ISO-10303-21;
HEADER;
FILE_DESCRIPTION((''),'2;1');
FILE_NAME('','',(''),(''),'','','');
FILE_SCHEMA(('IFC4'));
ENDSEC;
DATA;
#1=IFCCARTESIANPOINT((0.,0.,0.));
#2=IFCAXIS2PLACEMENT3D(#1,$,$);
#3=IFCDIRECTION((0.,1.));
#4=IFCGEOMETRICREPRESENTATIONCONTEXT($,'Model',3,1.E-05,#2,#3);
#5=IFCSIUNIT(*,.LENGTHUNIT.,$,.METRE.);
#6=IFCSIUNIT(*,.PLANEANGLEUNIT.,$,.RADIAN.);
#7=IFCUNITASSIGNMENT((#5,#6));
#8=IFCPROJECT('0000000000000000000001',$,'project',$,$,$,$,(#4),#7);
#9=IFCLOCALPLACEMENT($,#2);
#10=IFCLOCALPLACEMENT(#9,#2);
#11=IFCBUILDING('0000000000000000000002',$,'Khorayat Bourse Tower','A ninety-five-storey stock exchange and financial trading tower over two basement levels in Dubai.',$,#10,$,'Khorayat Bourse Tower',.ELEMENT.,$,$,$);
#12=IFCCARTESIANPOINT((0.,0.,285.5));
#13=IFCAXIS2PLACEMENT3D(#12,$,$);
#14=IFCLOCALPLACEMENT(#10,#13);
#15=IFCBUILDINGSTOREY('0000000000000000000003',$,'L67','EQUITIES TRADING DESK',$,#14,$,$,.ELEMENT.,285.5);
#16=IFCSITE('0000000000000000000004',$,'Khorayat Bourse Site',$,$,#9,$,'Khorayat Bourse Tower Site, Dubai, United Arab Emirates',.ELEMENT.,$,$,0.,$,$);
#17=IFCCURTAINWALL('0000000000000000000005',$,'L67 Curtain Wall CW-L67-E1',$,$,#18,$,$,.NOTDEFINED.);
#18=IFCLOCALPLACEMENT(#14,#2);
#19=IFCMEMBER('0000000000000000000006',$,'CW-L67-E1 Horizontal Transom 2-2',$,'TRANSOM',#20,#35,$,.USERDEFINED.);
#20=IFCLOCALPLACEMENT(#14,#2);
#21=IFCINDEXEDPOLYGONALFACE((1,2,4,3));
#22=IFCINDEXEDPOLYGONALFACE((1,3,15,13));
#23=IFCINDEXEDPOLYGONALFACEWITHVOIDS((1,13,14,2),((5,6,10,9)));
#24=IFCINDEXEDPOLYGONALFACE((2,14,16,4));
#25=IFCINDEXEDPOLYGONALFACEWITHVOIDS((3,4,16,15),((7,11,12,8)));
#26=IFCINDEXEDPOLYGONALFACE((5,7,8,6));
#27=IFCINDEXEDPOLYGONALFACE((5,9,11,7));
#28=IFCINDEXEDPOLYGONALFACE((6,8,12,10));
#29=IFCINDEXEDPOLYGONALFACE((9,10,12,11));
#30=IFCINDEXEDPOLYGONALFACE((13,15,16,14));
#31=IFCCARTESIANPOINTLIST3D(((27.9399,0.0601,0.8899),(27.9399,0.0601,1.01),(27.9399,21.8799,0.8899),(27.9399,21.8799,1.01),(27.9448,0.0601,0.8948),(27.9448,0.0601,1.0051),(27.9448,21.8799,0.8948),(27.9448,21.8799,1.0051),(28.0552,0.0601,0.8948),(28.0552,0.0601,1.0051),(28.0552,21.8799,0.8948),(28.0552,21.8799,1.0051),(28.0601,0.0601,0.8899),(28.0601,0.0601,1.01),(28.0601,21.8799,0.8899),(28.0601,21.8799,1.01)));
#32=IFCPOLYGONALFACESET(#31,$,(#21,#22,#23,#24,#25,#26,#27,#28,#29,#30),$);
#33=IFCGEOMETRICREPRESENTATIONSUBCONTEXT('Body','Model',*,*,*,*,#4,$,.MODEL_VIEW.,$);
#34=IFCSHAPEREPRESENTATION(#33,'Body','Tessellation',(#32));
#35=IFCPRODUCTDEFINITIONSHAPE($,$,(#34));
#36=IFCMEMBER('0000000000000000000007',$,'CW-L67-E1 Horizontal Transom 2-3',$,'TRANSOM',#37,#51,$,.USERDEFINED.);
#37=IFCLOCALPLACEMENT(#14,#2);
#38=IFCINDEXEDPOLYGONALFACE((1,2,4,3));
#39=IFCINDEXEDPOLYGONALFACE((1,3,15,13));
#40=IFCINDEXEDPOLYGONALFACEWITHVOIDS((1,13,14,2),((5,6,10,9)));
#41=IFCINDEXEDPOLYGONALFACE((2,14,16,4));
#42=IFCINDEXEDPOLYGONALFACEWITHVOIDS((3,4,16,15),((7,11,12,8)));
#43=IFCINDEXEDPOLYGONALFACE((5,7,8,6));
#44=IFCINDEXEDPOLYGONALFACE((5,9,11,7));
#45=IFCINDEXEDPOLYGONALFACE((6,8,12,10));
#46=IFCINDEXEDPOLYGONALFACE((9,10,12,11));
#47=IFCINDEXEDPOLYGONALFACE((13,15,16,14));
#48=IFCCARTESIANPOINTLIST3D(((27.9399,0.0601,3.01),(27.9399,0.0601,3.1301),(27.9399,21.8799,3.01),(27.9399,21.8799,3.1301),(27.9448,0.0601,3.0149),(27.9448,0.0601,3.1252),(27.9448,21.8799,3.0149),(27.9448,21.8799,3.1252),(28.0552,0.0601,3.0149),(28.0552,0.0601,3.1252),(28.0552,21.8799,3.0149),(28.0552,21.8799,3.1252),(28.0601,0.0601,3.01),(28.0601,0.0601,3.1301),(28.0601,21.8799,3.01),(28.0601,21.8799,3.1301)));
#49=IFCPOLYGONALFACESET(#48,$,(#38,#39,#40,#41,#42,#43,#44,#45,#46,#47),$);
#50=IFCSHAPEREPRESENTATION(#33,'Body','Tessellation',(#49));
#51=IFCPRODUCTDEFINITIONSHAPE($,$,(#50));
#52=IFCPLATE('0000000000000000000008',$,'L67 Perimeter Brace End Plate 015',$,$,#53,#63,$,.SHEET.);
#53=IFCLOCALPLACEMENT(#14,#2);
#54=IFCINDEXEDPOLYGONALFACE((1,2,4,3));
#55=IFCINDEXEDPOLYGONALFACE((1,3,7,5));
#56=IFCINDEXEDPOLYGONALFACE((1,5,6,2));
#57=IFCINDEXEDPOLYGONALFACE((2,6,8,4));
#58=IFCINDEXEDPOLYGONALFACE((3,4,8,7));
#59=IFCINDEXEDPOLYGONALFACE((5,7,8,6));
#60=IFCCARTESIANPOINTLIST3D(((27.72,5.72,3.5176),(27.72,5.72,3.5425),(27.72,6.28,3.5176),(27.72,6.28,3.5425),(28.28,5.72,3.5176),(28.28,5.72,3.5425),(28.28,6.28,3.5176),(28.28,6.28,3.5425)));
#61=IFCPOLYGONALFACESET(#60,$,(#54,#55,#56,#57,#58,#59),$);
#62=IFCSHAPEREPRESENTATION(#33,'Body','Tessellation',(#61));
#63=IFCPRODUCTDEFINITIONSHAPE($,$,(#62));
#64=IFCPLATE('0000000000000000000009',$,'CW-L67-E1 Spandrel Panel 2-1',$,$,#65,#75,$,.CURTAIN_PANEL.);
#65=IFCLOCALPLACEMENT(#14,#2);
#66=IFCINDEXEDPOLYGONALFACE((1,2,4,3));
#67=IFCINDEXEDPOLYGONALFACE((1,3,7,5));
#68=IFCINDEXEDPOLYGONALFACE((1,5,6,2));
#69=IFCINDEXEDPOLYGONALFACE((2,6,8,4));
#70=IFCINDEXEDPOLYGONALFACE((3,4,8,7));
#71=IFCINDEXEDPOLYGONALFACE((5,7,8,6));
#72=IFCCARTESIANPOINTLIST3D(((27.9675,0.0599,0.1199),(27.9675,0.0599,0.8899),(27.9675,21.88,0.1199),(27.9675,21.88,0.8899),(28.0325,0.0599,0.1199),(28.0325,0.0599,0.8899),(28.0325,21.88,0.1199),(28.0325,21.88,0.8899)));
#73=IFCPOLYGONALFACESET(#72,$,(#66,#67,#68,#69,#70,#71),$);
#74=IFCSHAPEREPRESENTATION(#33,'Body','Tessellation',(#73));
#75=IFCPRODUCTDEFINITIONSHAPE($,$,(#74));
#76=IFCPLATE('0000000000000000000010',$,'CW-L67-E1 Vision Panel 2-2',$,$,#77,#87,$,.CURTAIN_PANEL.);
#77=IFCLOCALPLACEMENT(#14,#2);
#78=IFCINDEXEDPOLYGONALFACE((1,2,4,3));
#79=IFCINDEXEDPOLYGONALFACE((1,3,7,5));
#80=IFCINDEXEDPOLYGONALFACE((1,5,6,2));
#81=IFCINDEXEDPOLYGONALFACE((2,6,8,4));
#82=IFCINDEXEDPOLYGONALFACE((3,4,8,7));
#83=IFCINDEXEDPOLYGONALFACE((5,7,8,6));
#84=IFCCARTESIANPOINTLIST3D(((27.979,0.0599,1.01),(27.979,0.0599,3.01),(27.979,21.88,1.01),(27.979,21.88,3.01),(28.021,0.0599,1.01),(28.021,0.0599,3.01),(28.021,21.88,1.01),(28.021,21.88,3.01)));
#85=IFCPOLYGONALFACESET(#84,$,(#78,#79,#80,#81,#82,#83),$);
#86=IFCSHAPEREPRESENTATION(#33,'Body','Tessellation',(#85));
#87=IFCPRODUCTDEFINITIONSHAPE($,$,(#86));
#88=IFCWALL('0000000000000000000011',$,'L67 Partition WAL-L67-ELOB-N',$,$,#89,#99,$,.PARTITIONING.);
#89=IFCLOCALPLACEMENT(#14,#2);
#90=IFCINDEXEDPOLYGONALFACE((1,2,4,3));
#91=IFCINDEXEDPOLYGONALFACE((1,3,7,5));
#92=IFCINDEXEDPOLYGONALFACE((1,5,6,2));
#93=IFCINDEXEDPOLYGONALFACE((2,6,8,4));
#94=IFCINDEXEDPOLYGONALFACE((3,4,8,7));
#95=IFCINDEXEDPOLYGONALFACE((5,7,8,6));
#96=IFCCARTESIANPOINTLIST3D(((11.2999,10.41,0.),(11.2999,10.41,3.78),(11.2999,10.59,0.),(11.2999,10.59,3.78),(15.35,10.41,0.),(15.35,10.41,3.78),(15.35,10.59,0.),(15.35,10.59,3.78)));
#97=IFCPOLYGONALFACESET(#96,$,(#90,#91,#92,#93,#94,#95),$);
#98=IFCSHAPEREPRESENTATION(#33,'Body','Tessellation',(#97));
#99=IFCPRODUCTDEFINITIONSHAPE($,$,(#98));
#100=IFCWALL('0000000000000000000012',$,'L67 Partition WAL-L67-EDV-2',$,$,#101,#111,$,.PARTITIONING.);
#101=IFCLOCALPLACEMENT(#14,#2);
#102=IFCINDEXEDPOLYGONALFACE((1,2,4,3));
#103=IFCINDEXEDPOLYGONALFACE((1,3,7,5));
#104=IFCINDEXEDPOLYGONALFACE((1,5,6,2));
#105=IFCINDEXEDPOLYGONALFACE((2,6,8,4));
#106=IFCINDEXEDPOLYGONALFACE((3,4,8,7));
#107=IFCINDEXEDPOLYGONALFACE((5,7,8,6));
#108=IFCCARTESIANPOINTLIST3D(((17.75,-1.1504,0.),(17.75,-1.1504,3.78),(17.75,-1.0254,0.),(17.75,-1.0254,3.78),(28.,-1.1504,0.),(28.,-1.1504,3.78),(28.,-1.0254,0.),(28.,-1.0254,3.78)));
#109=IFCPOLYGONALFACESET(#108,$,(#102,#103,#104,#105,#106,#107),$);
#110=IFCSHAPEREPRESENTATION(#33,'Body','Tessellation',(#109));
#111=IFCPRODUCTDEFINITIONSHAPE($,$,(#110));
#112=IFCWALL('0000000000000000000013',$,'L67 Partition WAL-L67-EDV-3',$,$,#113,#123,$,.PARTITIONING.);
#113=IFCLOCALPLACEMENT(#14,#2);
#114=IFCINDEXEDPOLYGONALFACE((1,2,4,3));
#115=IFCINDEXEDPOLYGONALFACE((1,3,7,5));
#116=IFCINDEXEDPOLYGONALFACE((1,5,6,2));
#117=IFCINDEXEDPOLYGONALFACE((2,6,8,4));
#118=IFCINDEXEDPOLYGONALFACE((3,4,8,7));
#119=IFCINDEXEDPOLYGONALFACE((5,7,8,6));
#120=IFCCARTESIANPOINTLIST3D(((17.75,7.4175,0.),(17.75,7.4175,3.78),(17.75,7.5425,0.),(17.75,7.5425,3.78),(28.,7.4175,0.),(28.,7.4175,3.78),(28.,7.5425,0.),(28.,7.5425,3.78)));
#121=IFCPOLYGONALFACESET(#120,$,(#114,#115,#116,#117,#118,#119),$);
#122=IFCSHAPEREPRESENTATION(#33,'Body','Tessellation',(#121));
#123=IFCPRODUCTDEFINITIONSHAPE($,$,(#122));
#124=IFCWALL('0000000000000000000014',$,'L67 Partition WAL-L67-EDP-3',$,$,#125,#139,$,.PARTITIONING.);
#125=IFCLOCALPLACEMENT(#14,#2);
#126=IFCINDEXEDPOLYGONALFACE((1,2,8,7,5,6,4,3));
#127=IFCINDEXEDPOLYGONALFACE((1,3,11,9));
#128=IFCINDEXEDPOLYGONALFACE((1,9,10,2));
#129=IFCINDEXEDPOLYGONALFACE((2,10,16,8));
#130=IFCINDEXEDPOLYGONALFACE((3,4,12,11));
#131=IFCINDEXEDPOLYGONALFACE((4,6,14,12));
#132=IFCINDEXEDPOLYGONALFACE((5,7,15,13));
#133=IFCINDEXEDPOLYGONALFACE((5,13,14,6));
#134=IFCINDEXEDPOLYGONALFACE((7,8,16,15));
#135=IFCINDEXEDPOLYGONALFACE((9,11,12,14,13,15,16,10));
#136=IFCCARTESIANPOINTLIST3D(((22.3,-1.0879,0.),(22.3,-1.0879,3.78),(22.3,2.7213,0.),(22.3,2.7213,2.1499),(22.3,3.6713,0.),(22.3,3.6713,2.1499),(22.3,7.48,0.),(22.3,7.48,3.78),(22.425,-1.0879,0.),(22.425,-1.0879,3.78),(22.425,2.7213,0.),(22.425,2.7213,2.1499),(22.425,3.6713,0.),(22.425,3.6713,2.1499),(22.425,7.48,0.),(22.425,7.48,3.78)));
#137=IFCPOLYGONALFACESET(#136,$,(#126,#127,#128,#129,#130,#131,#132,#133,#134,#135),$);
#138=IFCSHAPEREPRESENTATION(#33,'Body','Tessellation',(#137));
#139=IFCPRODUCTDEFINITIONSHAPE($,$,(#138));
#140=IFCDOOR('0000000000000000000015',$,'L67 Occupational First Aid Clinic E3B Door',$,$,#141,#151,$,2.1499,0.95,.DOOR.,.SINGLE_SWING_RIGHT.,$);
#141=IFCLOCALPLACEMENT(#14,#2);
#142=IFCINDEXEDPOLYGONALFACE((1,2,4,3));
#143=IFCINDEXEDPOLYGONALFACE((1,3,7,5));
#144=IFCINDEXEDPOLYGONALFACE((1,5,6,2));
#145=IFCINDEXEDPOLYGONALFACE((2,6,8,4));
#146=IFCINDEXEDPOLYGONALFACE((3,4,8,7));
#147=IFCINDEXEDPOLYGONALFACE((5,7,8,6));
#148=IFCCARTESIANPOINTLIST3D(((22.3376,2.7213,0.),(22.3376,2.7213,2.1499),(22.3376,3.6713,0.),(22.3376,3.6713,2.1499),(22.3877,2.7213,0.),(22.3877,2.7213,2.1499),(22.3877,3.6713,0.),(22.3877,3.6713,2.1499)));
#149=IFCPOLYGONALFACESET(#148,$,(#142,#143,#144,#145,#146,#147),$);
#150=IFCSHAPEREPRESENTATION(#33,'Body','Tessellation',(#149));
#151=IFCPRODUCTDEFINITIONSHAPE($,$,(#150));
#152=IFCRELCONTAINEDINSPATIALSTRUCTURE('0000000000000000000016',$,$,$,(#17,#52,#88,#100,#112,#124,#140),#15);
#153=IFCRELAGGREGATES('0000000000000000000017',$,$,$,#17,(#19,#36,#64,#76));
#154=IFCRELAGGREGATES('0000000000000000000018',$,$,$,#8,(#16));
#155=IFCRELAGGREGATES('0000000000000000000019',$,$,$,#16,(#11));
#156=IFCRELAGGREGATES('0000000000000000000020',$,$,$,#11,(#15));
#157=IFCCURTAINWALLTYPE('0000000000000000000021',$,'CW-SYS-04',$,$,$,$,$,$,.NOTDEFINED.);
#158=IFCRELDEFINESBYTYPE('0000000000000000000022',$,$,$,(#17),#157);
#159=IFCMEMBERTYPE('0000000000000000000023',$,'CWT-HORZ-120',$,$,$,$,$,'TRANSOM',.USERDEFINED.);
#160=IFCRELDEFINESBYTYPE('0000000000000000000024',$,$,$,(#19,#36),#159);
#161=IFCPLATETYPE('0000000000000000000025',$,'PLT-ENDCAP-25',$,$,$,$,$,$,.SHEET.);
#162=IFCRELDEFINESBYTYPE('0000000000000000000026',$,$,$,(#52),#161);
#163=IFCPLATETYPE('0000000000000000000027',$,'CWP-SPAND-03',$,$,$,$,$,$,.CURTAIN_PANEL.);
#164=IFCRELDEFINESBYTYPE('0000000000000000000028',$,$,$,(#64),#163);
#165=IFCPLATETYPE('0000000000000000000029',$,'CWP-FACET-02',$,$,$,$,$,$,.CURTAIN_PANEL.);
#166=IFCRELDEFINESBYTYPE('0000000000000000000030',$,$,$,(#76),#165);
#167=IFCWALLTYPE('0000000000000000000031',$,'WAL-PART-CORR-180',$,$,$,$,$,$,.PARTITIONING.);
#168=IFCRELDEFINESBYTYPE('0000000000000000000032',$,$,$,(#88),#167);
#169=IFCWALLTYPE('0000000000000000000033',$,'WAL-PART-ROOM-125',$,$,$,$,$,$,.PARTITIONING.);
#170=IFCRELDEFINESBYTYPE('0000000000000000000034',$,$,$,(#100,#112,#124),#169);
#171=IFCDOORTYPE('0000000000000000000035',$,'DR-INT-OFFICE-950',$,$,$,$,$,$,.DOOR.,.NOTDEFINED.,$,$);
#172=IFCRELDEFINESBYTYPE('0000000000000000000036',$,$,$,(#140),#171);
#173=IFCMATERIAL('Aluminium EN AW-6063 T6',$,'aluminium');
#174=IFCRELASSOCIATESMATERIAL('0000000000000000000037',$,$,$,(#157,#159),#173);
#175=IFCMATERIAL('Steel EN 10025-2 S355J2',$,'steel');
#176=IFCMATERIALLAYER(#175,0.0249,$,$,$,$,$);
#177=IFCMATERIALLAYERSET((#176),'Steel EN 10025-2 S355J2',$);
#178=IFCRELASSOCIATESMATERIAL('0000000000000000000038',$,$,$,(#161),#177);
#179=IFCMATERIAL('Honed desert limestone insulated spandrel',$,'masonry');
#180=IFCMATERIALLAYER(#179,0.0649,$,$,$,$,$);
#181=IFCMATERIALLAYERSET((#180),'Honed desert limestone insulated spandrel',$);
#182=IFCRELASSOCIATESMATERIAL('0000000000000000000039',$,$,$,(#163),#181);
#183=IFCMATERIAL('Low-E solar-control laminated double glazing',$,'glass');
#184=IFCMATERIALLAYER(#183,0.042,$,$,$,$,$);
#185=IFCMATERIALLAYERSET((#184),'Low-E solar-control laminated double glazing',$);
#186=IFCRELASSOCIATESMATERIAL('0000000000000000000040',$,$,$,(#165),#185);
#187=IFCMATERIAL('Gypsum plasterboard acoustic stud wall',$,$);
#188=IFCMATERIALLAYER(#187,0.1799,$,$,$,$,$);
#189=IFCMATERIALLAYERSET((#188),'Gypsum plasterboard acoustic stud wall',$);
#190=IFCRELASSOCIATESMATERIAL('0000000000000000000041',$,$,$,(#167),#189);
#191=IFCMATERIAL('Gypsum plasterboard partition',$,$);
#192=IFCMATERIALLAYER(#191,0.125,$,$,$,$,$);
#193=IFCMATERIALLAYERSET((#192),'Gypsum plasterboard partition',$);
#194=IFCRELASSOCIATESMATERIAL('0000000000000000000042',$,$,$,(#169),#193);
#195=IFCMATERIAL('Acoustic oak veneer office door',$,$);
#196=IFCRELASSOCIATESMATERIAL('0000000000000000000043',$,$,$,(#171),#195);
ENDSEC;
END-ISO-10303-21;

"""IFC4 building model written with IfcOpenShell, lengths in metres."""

from ifc_helpers import new_model, si_unit, direction, frame, frame_2d, origin, origin_2d, place, context, subcontext, project, spatial, rectangle, hollow_rectangle, extrude, source, transform, mapped, material, layer, layer_set, material_profile, profile_set, type_object, element, fill, aggregate, save


model = new_model("IFC4")

# Units and contexts
model_context = context("Model", 3, precision=1e-05, world=origin(), true_north=direction((0.0, 1.0)))
body_context = subcontext(model_context, "Body", "Model", "MODEL_VIEW")
ifc_project = project(units=[si_unit("LENGTHUNIT", "METRE"), si_unit("PLANEANGLEUNIT", "RADIAN")], contexts=[model_context])

# Site, building, storey
site_placement = place(None, origin())
site = spatial("IfcSite", under=ifc_project, at=site_placement, Name="Khorayat Bourse Site", LongName="Khorayat Bourse Tower Site, Dubai, United Arab Emirates", CompositionType="ELEMENT", RefElevation=0.0)
building_placement = place(site_placement, origin())
building = spatial("IfcBuilding", under=site, at=building_placement, Name="Khorayat Bourse Tower", Description="A ninety-five-storey stock exchange and financial trading tower over two basement levels in Dubai.", LongName="Khorayat Bourse Tower", CompositionType="ELEMENT")
storey_placement = place(building_placement, frame((0.0, 0.0, 285.5)))
storey = spatial("IfcBuildingStorey", under=building, at=storey_placement, Name="L67", Description="EQUITIES TRADING DESK", CompositionType="ELEMENT", Elevation=285.5)

# Curtain wall, members
ifc_material_1 = material(Name="Aluminium EN AW-6063 T6", Category="aluminium")
curtain_wall_type = type_object("IfcCurtainWallType", Name="CW-SYS-04", PredefinedType="NOTDEFINED", material=ifc_material_1)
curtain_wall_placement = place(storey_placement, origin())
curtain_wall = element("IfcCurtainWall", 1, at=curtain_wall_placement, inside=storey, type_object=curtain_wall_type, Name="L67 Curtain Wall CW-L67-E1", PredefinedType="NOTDEFINED")
ifc_material_profile_1 = material_profile(ifc_material_1, hollow_rectangle(XDim=0.1201, YDim=0.1201, WallThickness=0.0049, at=origin_2d()), Name="ALU 120x120x5")
ifc_profile_set_1 = profile_set([ifc_material_profile_1], Name="Aluminium EN AW-6063 T6")
member_type_1 = type_object("IfcMemberType", Name="CWT-HORZ-120", ElementType="TRANSOM", PredefinedType="USERDEFINED", material=ifc_profile_set_1)
shared_shape_1 = source(origin(), body_context, "Body", "SweptSolid", [
    extrude(hollow_rectangle(XDim=0.1201, YDim=0.1201, WallThickness=0.0049, at=origin_2d()), origin(), (0.0, 0.0, 1.0), 21.8198),
])
member_1_placement = place(storey_placement, frame((28.0, 0.0601, 0.95), z_axis=(0.0, 1.0, 0.0), x_axis=(-1.0, 0.0, 0.0)))
member_1 = element("IfcMember", 2, at=member_1_placement, type_object=member_type_1, Name="CW-L67-E1 Horizontal Transom 2-2", ObjectType="TRANSOM", PredefinedType="USERDEFINED", context=body_context, shape_type="MappedRepresentation", body=[
    mapped(shared_shape_1, transform((0.0, 0.0, 0.0), scale=1.0)),
])
member_2_placement = place(storey_placement, frame((28.0, 0.0601, 3.0701), z_axis=(0.0, 1.0, 0.0), x_axis=(-1.0, 0.0, 0.0)))
member_2 = element("IfcMember", 3, at=member_2_placement, type_object=member_type_1, Name="CW-L67-E1 Horizontal Transom 2-3", ObjectType="TRANSOM", PredefinedType="USERDEFINED", context=body_context, shape_type="MappedRepresentation", body=[
    mapped(shared_shape_1, transform((0.0, 0.0, 0.0), scale=1.0)),
])

# Plates
ifc_material_2 = material(Name="Steel EN 10025-2 S355J2", Category="steel")
ifc_layer_1 = layer(ifc_material_2, 0.0249)
ifc_layer_set_1 = layer_set([ifc_layer_1], Name="Steel EN 10025-2 S355J2")
plate_type_1 = type_object("IfcPlateType", Name="PLT-ENDCAP-25", PredefinedType="SHEET", material=ifc_layer_set_1)
shared_shape_2 = source(origin(), body_context, "Body", "SweptSolid", [
    extrude(rectangle(XDim=0.5601, YDim=0.5601, at=origin_2d()), origin(), (0.0, 0.0, 1.0), 0.0249),
])
plate_1_placement = place(storey_placement, frame((28.0, 6.0, 3.5176), z_axis=(0.0, 0.0, 1.0), x_axis=(1.0, 0.0, 0.0)))
element("IfcPlate", 4, at=plate_1_placement, inside=storey, type_object=plate_type_1, Name="L67 Perimeter Brace End Plate 015", PredefinedType="SHEET", context=body_context, shape_type="MappedRepresentation", body=[
    mapped(shared_shape_2, transform((0.0, 0.0, 0.0), scale=1.0)),
])
ifc_material_3 = material(Name="Honed desert limestone insulated spandrel", Category="masonry")
ifc_layer_2 = layer(ifc_material_3, 0.0649)
ifc_layer_set_2 = layer_set([ifc_layer_2], Name="Honed desert limestone insulated spandrel")
plate_type_2 = type_object("IfcPlateType", Name="CWP-SPAND-03", PredefinedType="CURTAIN_PANEL", material=ifc_layer_set_2)
shared_shape_3 = source(origin(), body_context, "Body", "SweptSolid", [
    extrude(rectangle(XDim=21.8201, YDim=0.0649, at=origin_2d()), origin(), (0.0, 0.0, 1.0), 0.77),
])
plate_2_placement = place(storey_placement, frame((28.0, 10.97, 0.1199), z_axis=(0.0, 0.0, 1.0), x_axis=(0.0, 1.0, 0.0)))
plate_2 = element("IfcPlate", 5, at=plate_2_placement, type_object=plate_type_2, Name="CW-L67-E1 Spandrel Panel 2-1", PredefinedType="CURTAIN_PANEL", context=body_context, shape_type="MappedRepresentation", body=[
    mapped(shared_shape_3, transform((0.0, 0.0, 0.0), scale=1.0)),
])
ifc_material_4 = material(Name="Low-E solar-control laminated double glazing", Category="glass")
ifc_layer_3 = layer(ifc_material_4, 0.042)
ifc_layer_set_3 = layer_set([ifc_layer_3], Name="Low-E solar-control laminated double glazing")
plate_type_3 = type_object("IfcPlateType", Name="CWP-FACET-02", PredefinedType="CURTAIN_PANEL", material=ifc_layer_set_3)
shared_shape_4 = source(origin(), body_context, "Body", "SweptSolid", [
    extrude(rectangle(XDim=21.8201, YDim=0.042, at=origin_2d()), origin(), (0.0, 0.0, 1.0), 2.0),
])
plate_3_placement = place(storey_placement, frame((28.0, 10.97, 1.01), z_axis=(0.0, 0.0, 1.0), x_axis=(0.0, 1.0, 0.0)))
plate_3 = element("IfcPlate", 6, at=plate_3_placement, type_object=plate_type_3, Name="CW-L67-E1 Vision Panel 2-2", PredefinedType="CURTAIN_PANEL", context=body_context, shape_type="MappedRepresentation", body=[
    mapped(shared_shape_4, transform((0.0, 0.0, 0.0), scale=1.0)),
])
aggregate(curtain_wall, [member_1, member_2, plate_2, plate_3])

# Walls
ifc_material_5 = material(Name="Gypsum plasterboard acoustic stud wall")
ifc_layer_4 = layer(ifc_material_5, 0.1799)
ifc_layer_set_4 = layer_set([ifc_layer_4], Name="Gypsum plasterboard acoustic stud wall")
wall_type_1 = type_object("IfcWallType", Name="WAL-PART-CORR-180", PredefinedType="PARTITIONING", material=ifc_layer_set_4)
shared_shape_5 = source(origin(), body_context, "Body", "SweptSolid", [
    extrude(rectangle(XDim=4.05, YDim=0.1799, at=frame_2d((2.0249, 0.0))), origin(), (0.0, 0.0, 1.0), 3.78),
])
wall_1_placement = place(storey_placement, frame((11.3, 10.5, 0.0), z_axis=(0.0, 0.0, 1.0), x_axis=(1.0, 0.0, 0.0)))
element("IfcWall", 7, at=wall_1_placement, inside=storey, type_object=wall_type_1, Name="L67 Partition WAL-L67-ELOB-N", PredefinedType="PARTITIONING", context=body_context, shape_type="MappedRepresentation", body=[
    mapped(shared_shape_5, transform((0.0, 0.0, 0.0), scale=1.0)),
])
ifc_material_6 = material(Name="Gypsum plasterboard partition")
ifc_layer_5 = layer(ifc_material_6, 0.125)
ifc_layer_set_5 = layer_set([ifc_layer_5], Name="Gypsum plasterboard partition")
wall_type_2 = type_object("IfcWallType", Name="WAL-PART-ROOM-125", PredefinedType="PARTITIONING", material=ifc_layer_set_5)
shared_shape_6 = source(origin(), body_context, "Body", "SweptSolid", [
    extrude(rectangle(XDim=10.25, YDim=0.125, at=frame_2d((5.125, 0.0))), origin(), (0.0, 0.0, 1.0), 3.78),
])
for number, where, z_axis, x_axis, name in (
    (8, (17.75, -1.0879, 0.0), (0.0, 0.0, 1.0), (1.0, 0.0, 0.0), "L67 Partition WAL-L67-EDV-2"),
    (9, (17.75, 7.48, 0.0), (0.0, 0.0, 1.0), (1.0, 0.0, 0.0), "L67 Partition WAL-L67-EDV-3"),
):
    element("IfcWall", number, at=place(storey_placement, frame(where, z_axis=z_axis, x_axis=x_axis)), inside=storey, type_object=wall_type_2, Name=name, PredefinedType="PARTITIONING", context=body_context, shape_type="MappedRepresentation", body=[
        mapped(shared_shape_6, transform((0.0, 0.0, 0.0), scale=1.0)),
    ])

# Wall, opening, door
shared_shape_7 = source(origin(), body_context, "Body", "SweptSolid", [
    extrude(rectangle(XDim=8.5679, YDim=0.125, at=frame_2d((4.2839, 0.0))), origin(), (0.0, 0.0, 1.0), 3.78),
])
wall_2_placement = place(storey_placement, frame((22.3625, -1.0879, 0.0), z_axis=(0.0, 0.0, 1.0), x_axis=(0.0, 1.0, 0.0)))
wall_2 = element("IfcWall", 10, at=wall_2_placement, inside=storey, type_object=wall_type_2, Name="L67 Partition WAL-L67-EDP-3", PredefinedType="PARTITIONING", context=body_context, shape_type="MappedRepresentation", body=[
    mapped(shared_shape_7, transform((0.0, 0.0, 0.0), scale=1.0)),
])
shared_shape_8 = source(origin(), body_context, "Body", "SweptSolid", [
    extrude(rectangle(XDim=0.95, YDim=2.1499, at=frame_2d((0.4751, 1.075))), frame((0.0, 0.0725, 0.0), z_axis=(0.0, -1.0, 0.0), x_axis=(1.0, 0.0, 0.0)), (0.0, 0.0, 1.0), 0.145),
])
opening_1_placement = place(wall_2_placement, frame((3.8091, 0.0, 0.0)))
opening_1 = element("IfcOpeningElement", 11, at=opening_1_placement, cuts=wall_2, PredefinedType="OPENING", context=body_context, shape_type="MappedRepresentation", body=[
    mapped(shared_shape_8, transform((0.0, 0.0, 0.0), scale=1.0)),
])
ifc_material_7 = material(Name="Acoustic oak veneer office door")
door_type = type_object("IfcDoorType", Name="DR-INT-OFFICE-950", OperationType="NOTDEFINED", PredefinedType="DOOR", material=ifc_material_7)
shared_shape_9 = source(origin(), body_context, "Body", "SweptSolid", [
    extrude(rectangle(XDim=0.95, YDim=2.1499, at=frame_2d((0.4751, 1.075))), frame((0.0, 0.0249, 0.0), z_axis=(0.0, -1.0, 0.0), x_axis=(1.0, 0.0, 0.0)), (0.0, 0.0, 1.0), 0.05),
])
door_1_placement = place(opening_1_placement, origin())
door_1 = element("IfcDoor", 12, at=door_1_placement, inside=storey, type_object=door_type, Name="L67 Occupational First Aid Clinic E3B Door", OperationType="SINGLE_SWING_RIGHT", OverallHeight=2.1499, OverallWidth=0.95, PredefinedType="DOOR", context=body_context, shape_type="MappedRepresentation", body=[
    mapped(shared_shape_9, transform((0.0, 0.0, 0.0), scale=1.0)),
])
fill(opening_1, door_1)

save(model, "model.ifc")
